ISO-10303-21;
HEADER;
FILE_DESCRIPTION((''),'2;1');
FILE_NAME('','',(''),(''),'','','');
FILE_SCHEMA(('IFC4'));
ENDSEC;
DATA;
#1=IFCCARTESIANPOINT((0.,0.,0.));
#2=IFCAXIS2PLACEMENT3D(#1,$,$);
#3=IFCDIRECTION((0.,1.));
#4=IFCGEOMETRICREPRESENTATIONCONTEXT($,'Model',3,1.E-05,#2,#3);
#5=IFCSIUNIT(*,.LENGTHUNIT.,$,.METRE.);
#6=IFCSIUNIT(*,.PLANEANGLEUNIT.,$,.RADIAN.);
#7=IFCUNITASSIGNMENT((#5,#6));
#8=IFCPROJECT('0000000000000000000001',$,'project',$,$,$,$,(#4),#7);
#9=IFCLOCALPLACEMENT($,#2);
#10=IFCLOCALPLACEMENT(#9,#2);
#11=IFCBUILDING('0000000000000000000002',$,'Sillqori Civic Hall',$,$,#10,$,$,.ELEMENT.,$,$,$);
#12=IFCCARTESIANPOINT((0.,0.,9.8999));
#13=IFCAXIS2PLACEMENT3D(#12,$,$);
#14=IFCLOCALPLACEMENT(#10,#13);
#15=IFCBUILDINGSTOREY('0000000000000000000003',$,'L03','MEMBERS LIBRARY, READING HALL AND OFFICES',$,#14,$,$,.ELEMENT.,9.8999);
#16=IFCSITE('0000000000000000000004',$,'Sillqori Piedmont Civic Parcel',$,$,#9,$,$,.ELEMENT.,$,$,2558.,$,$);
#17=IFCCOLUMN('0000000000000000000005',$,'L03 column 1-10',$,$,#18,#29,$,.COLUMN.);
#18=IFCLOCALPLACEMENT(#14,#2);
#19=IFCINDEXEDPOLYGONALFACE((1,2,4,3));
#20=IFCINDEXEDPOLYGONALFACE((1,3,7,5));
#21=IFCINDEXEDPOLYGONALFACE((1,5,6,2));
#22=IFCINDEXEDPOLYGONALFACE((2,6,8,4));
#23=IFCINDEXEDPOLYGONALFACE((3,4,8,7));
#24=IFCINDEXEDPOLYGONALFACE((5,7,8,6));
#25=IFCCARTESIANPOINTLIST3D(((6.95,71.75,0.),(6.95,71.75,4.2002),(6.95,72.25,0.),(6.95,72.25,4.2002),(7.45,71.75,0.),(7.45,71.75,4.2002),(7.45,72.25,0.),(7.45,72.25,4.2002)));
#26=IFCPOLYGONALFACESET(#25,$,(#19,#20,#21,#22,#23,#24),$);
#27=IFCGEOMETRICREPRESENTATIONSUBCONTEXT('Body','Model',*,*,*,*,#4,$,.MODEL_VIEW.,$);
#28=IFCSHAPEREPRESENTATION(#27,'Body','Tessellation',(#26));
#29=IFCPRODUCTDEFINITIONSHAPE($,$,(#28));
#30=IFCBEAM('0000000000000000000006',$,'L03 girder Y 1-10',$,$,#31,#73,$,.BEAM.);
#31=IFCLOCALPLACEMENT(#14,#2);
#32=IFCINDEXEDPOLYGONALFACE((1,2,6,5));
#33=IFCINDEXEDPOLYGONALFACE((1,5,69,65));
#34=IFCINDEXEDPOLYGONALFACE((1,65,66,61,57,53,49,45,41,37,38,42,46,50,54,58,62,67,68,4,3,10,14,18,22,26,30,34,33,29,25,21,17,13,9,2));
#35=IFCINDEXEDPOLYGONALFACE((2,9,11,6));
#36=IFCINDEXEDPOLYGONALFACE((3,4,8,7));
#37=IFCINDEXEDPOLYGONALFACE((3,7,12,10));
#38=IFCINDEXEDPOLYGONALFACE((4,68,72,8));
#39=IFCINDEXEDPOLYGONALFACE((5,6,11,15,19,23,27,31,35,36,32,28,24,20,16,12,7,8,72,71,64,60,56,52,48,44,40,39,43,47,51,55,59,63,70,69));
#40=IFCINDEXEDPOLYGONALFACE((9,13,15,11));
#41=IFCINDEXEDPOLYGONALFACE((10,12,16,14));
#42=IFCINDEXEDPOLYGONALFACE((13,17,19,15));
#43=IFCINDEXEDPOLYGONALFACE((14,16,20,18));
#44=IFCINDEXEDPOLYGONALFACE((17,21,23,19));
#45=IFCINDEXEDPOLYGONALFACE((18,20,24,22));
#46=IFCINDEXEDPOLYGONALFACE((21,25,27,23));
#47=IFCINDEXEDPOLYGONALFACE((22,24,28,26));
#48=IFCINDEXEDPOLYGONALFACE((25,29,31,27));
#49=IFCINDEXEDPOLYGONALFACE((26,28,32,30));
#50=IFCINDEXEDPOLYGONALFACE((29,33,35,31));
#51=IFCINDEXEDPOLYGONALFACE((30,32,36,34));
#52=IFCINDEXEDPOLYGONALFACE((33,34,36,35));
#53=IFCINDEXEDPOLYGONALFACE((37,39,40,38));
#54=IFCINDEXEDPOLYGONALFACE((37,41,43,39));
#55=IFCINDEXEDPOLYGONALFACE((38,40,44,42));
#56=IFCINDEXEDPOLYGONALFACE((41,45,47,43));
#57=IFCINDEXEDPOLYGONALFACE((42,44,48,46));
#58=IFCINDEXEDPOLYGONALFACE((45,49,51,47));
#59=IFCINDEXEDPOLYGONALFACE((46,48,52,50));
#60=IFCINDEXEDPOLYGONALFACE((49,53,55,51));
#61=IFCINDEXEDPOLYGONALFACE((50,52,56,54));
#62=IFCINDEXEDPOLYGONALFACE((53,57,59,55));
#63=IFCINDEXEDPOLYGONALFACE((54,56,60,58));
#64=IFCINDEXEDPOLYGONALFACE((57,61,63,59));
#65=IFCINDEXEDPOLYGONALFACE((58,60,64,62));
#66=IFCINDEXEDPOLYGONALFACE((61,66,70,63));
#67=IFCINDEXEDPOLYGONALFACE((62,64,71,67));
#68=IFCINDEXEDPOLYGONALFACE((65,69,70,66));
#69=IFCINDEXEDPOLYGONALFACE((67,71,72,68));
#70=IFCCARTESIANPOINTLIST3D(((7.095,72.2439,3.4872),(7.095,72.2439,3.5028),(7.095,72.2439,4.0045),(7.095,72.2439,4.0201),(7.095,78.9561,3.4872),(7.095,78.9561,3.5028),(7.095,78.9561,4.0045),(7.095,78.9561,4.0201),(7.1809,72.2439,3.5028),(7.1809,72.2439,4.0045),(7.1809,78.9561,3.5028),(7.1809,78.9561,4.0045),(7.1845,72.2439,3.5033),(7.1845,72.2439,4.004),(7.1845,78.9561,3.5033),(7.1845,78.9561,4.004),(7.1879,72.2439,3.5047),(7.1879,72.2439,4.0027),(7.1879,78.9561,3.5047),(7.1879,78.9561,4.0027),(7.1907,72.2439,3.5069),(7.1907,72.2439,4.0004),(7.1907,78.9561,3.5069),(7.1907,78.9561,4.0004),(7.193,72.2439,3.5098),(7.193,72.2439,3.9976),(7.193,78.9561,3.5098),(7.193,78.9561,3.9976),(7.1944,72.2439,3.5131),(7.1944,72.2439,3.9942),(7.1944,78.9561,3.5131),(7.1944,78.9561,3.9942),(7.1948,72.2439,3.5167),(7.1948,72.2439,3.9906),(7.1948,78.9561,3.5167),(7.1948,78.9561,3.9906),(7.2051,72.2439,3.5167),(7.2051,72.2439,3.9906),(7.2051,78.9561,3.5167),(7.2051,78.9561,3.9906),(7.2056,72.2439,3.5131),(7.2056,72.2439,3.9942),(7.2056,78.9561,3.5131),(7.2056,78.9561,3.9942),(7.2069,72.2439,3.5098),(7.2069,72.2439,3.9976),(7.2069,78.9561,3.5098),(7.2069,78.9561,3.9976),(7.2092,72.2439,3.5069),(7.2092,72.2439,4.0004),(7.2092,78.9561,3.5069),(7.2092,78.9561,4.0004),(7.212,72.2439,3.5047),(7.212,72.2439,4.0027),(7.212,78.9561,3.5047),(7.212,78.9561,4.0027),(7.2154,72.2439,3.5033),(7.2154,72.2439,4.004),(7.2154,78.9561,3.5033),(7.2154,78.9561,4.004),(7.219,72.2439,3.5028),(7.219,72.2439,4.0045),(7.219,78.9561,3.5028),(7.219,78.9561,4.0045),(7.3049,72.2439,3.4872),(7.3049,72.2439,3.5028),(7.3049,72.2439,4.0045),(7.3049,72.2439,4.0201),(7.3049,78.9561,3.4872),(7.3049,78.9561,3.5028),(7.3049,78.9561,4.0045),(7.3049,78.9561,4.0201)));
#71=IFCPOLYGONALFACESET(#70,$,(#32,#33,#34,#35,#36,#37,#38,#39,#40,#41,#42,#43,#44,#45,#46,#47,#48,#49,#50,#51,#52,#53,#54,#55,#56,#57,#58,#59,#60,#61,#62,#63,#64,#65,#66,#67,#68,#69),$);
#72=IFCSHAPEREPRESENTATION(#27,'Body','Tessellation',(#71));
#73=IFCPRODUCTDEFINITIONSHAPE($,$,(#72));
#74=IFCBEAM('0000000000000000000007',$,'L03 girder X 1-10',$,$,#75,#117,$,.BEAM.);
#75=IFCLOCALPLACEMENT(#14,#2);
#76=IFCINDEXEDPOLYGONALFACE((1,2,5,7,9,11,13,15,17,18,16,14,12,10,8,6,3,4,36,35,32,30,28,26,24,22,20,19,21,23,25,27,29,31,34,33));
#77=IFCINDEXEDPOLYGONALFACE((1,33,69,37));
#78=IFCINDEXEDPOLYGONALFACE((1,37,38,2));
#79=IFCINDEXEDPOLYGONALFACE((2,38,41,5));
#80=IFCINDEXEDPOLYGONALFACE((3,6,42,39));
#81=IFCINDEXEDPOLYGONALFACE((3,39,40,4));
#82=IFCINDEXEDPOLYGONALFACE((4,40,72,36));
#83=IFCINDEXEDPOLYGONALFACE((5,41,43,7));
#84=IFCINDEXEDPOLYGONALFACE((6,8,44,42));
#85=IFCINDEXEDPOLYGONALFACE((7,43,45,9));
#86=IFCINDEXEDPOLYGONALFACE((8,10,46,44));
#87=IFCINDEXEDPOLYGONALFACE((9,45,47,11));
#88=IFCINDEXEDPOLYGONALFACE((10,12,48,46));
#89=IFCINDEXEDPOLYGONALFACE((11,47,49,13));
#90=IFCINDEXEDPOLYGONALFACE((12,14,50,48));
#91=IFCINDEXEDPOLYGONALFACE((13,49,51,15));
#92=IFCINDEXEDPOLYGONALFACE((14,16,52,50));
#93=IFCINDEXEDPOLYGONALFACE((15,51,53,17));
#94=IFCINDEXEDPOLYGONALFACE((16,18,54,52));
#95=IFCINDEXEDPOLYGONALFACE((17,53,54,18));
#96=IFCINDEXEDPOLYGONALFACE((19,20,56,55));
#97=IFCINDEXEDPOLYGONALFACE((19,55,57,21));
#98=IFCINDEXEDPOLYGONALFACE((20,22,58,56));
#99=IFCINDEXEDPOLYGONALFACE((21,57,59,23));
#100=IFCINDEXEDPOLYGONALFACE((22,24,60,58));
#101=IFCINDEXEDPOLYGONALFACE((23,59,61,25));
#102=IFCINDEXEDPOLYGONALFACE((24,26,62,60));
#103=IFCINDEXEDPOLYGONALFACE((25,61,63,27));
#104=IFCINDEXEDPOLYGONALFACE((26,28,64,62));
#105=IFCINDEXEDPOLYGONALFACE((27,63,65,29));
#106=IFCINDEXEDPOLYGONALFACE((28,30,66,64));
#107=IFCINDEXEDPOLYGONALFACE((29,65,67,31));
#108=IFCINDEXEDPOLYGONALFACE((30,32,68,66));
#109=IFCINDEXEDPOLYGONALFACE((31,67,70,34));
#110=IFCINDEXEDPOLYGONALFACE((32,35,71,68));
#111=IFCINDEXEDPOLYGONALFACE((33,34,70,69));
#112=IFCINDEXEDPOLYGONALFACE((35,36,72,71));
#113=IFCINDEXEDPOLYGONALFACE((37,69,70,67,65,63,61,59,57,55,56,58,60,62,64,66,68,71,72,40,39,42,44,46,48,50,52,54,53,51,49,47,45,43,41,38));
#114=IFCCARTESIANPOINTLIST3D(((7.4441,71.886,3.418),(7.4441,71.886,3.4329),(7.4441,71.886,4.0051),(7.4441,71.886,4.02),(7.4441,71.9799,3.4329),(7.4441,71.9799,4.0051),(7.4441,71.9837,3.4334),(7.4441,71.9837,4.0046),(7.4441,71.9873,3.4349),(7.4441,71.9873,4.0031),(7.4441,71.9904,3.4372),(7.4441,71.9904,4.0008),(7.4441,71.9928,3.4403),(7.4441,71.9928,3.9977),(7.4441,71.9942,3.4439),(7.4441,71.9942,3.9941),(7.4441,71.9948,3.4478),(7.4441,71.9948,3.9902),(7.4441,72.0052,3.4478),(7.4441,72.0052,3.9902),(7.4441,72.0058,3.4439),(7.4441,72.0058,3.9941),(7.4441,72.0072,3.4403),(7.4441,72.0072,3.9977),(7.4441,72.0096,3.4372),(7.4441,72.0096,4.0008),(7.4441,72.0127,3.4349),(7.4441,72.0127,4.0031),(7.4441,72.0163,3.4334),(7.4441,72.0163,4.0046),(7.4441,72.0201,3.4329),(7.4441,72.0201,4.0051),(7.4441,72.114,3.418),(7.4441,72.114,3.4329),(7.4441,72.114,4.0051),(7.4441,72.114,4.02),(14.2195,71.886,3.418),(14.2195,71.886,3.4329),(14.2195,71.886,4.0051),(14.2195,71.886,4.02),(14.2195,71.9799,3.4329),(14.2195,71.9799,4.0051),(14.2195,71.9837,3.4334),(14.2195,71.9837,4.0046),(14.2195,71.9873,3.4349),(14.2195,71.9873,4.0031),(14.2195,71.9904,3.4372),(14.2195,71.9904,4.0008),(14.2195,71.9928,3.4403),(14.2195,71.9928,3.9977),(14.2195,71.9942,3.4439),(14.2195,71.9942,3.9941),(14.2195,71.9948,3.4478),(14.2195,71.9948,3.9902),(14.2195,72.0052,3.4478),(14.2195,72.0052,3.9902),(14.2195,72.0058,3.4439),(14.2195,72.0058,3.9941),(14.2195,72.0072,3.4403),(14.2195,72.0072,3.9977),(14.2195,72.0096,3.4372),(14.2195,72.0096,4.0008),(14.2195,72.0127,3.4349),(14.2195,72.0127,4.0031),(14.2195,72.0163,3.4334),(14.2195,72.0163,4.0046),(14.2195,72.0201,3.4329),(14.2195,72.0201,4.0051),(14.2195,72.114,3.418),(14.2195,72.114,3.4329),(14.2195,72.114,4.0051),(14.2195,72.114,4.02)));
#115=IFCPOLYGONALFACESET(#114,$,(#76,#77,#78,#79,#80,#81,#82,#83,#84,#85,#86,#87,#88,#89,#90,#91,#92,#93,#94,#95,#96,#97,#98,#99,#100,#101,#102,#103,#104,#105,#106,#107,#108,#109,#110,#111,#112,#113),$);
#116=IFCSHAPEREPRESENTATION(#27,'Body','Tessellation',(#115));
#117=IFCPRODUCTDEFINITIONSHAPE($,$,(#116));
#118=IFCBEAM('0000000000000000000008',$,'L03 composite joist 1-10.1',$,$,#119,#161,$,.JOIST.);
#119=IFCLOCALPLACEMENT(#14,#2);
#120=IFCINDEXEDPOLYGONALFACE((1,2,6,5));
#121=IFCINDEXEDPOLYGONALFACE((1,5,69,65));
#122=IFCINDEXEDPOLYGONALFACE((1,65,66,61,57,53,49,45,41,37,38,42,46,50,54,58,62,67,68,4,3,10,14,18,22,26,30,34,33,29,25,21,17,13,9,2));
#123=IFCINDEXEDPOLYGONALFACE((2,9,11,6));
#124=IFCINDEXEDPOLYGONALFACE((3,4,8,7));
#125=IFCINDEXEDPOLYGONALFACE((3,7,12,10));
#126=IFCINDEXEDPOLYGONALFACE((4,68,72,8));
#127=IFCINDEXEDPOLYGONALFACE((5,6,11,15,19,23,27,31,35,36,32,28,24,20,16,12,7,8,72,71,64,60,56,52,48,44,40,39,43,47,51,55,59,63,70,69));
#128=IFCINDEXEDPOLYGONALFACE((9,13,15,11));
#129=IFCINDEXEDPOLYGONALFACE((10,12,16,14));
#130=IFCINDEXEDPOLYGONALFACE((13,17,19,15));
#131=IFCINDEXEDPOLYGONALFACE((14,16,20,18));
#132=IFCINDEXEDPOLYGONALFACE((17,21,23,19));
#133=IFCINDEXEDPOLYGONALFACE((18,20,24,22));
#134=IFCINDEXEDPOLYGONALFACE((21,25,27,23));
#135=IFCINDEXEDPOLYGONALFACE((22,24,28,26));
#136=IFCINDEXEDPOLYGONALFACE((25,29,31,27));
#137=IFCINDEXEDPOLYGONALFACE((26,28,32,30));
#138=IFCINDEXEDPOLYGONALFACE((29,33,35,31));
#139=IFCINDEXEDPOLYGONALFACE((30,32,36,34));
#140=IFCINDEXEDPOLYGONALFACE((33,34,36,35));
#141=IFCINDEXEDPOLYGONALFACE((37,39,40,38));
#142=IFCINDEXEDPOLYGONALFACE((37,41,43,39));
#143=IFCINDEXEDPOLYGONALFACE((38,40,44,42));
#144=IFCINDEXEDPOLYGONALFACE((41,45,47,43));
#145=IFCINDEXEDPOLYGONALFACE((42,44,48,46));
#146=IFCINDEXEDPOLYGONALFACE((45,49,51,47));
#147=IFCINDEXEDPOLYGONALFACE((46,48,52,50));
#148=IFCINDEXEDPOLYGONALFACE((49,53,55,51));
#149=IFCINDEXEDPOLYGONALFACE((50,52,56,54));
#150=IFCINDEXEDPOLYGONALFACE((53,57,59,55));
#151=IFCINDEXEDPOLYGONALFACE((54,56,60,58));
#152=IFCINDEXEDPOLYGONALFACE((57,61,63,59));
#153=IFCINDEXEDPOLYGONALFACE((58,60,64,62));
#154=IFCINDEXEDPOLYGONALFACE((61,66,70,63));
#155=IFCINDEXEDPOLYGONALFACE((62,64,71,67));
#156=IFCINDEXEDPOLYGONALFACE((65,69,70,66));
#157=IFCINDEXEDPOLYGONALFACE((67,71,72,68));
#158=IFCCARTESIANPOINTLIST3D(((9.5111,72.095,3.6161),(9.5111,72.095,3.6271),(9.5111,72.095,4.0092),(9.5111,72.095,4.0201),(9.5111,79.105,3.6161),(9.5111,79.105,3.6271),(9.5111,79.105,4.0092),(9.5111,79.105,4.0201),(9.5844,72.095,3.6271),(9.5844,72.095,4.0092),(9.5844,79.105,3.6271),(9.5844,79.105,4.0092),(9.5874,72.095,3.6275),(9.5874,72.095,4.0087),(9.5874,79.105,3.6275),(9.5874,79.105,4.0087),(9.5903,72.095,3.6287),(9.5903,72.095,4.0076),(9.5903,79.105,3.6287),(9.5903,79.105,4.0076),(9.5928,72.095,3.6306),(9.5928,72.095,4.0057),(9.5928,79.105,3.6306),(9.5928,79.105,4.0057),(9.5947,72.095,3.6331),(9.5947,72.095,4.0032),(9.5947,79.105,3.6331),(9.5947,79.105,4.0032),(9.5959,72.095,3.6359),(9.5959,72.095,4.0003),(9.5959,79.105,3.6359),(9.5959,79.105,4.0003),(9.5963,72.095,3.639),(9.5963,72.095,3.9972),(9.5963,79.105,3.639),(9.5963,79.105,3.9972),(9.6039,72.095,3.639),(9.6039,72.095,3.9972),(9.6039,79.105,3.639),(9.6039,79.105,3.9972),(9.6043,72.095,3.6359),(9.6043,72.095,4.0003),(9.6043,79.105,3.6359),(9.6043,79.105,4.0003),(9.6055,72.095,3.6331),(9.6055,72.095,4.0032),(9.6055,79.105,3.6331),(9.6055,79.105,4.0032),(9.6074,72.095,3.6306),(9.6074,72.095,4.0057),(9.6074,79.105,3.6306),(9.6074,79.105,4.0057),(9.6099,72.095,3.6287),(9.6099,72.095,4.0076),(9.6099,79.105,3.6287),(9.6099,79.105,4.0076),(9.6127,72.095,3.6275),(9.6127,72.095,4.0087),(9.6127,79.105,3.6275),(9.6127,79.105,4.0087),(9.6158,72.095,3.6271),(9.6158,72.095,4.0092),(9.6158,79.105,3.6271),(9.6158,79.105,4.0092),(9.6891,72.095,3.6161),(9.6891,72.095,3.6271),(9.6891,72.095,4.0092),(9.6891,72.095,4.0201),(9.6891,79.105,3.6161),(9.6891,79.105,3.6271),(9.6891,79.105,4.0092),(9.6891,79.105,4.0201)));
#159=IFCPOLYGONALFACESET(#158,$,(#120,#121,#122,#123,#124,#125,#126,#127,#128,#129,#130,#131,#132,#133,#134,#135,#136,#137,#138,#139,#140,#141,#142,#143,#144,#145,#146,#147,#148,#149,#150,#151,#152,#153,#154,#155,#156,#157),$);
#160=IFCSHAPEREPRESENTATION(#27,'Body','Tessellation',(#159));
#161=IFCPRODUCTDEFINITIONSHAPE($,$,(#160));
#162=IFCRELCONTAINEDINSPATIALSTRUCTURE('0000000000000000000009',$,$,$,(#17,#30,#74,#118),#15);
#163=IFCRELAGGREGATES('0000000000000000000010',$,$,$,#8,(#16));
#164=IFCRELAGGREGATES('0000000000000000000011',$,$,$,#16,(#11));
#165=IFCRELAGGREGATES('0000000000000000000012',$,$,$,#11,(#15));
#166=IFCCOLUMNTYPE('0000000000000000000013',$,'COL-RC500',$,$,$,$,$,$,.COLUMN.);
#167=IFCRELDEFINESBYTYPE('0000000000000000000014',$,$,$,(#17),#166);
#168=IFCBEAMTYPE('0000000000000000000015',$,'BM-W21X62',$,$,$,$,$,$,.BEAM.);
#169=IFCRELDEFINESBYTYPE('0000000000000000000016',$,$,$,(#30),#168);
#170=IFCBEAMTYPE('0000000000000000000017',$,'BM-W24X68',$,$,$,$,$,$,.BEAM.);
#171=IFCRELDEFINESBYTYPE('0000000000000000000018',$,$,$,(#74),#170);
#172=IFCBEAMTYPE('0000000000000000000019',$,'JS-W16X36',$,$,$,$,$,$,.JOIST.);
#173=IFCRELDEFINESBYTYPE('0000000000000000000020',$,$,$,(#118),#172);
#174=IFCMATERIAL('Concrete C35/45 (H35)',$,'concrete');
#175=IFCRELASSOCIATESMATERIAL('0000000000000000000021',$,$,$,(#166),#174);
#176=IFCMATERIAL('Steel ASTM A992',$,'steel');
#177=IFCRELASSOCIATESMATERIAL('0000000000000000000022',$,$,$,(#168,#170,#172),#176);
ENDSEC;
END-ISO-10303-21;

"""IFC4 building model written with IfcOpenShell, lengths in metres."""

from ifc_helpers import new_model, si_unit, direction, frame, origin, origin_2d, place, context, subcontext, project, spatial, rectangle, i_section, extrude, material, material_profile, profile_set, type_object, element, save


model = new_model("IFC4")

# Units and contexts
model_context = context("Model", 3, precision=1e-05, world=origin(), true_north=direction((0.0, 1.0)))
body_context = subcontext(model_context, "Body", "Model", "MODEL_VIEW")
ifc_project = project(units=[si_unit("LENGTHUNIT", "METRE"), si_unit("PLANEANGLEUNIT", "RADIAN")], contexts=[model_context])

# Site, building, storey
site_placement = place(None, origin())
site = spatial("IfcSite", under=ifc_project, at=site_placement, Name="Sillqori Piedmont Civic Parcel", CompositionType="ELEMENT", RefElevation=2558.0)
building_placement = place(site_placement, origin())
building = spatial("IfcBuilding", under=site, at=building_placement, Name="Sillqori Civic Hall", CompositionType="ELEMENT")
storey_placement = place(building_placement, frame((0.0, 0.0, 9.8999)))
storey = spatial("IfcBuildingStorey", under=building, at=storey_placement, Name="L03", Description="MEMBERS LIBRARY, READING HALL AND OFFICES", CompositionType="ELEMENT", Elevation=9.8999)

# Column
ifc_material_1 = material(Name="Concrete C35/45 (H35)", Category="concrete")
ifc_material_profile_1 = material_profile(ifc_material_1, rectangle(XDim=0.5, YDim=0.5, at=origin_2d()), Name="RC 500x500")
ifc_profile_set_1 = profile_set([ifc_material_profile_1], Name="Concrete C35/45 (H35)")
column_type = type_object("IfcColumnType", Name="COL-RC500", PredefinedType="COLUMN", material=ifc_profile_set_1)
column_placement = place(storey_placement, frame((7.2, 72.0, 0.0), z_axis=(0.0, 0.0, 1.0), x_axis=(1.0, 0.0, 0.0)))
element("IfcColumn", 1, at=column_placement, inside=storey, type_object=column_type, Name="L03 column 1-10", PredefinedType="COLUMN", context=body_context, shape_type="SweptSolid", body=[
    extrude(rectangle(XDim=0.5, YDim=0.5, at=origin_2d()), origin(), (0.0, 0.0, 1.0), 4.2002),
])

# Beams
ifc_material_2 = material(Name="Steel ASTM A992", Category="steel")
ifc_material_profile_2 = material_profile(ifc_material_2, i_section(OverallWidth=0.21, OverallDepth=0.533, WebThickness=0.0103, FlangeThickness=0.0156, FilletRadius=0.0139, at=origin_2d()), Name="W21X62")
ifc_profile_set_2 = profile_set([ifc_material_profile_2], Name="Steel ASTM A992")
beam_type_1 = type_object("IfcBeamType", Name="BM-W21X62", PredefinedType="BEAM", material=ifc_profile_set_2)
beam_1_placement = place(storey_placement, frame((7.2, 72.2439, 3.7537), z_axis=(0.0, 1.0, 0.0), x_axis=(-1.0, 0.0, 0.0)))
element("IfcBeam", 2, at=beam_1_placement, inside=storey, type_object=beam_type_1, Name="L03 girder Y 1-10", PredefinedType="BEAM", context=body_context, shape_type="SweptSolid", body=[
    extrude(i_section(OverallWidth=0.21, OverallDepth=0.533, WebThickness=0.0103, FlangeThickness=0.0156, FilletRadius=0.0139, at=origin_2d()), origin(), (0.0, 0.0, 1.0), 6.7122),
])
ifc_material_profile_3 = material_profile(ifc_material_2, i_section(OverallWidth=0.228, OverallDepth=0.6021, WebThickness=0.0105, FlangeThickness=0.0149, FilletRadius=0.0149, at=origin_2d()), Name="W24X68")
ifc_profile_set_3 = profile_set([ifc_material_profile_3], Name="Steel ASTM A992")
beam_type_2 = type_object("IfcBeamType", Name="BM-W24X68", PredefinedType="BEAM", material=ifc_profile_set_3)
beam_2_placement = place(storey_placement, frame((7.4441, 72.0, 3.719), z_axis=(1.0, 0.0, 0.0), x_axis=(0.0, 1.0, 0.0)))
element("IfcBeam", 3, at=beam_2_placement, inside=storey, type_object=beam_type_2, Name="L03 girder X 1-10", PredefinedType="BEAM", context=body_context, shape_type="SweptSolid", body=[
    extrude(i_section(OverallWidth=0.228, OverallDepth=0.6021, WebThickness=0.0105, FlangeThickness=0.0149, FilletRadius=0.0149, at=origin_2d()), origin(), (0.0, 0.0, 1.0), 6.7754),
])
ifc_material_profile_4 = material_profile(ifc_material_2, i_section(OverallWidth=0.178, OverallDepth=0.4041, WebThickness=0.0076, FlangeThickness=0.011, FilletRadius=0.012, at=origin_2d()), Name="W16X36")
ifc_profile_set_4 = profile_set([ifc_material_profile_4], Name="Steel ASTM A992")
beam_type_3 = type_object("IfcBeamType", Name="JS-W16X36", PredefinedType="JOIST", material=ifc_profile_set_4)
for number, where, z_axis, x_axis, name in (
    (4, (9.6001, 72.095, 3.8181), (0.0, 1.0, 0.0), (-1.0, 0.0, 0.0), "L03 composite joist 1-10.1"),
):
    element("IfcBeam", number, at=place(storey_placement, frame(where, z_axis=z_axis, x_axis=x_axis)), inside=storey, type_object=beam_type_3, Name=name, PredefinedType="JOIST", context=body_context, shape_type="SweptSolid", body=[
        extrude(i_section(OverallWidth=0.178, OverallDepth=0.4041, WebThickness=0.0076, FlangeThickness=0.011, FilletRadius=0.012, at=origin_2d()), origin(), (0.0, 0.0, 1.0), 7.01),
    ])

save(model, "model.ifc")
